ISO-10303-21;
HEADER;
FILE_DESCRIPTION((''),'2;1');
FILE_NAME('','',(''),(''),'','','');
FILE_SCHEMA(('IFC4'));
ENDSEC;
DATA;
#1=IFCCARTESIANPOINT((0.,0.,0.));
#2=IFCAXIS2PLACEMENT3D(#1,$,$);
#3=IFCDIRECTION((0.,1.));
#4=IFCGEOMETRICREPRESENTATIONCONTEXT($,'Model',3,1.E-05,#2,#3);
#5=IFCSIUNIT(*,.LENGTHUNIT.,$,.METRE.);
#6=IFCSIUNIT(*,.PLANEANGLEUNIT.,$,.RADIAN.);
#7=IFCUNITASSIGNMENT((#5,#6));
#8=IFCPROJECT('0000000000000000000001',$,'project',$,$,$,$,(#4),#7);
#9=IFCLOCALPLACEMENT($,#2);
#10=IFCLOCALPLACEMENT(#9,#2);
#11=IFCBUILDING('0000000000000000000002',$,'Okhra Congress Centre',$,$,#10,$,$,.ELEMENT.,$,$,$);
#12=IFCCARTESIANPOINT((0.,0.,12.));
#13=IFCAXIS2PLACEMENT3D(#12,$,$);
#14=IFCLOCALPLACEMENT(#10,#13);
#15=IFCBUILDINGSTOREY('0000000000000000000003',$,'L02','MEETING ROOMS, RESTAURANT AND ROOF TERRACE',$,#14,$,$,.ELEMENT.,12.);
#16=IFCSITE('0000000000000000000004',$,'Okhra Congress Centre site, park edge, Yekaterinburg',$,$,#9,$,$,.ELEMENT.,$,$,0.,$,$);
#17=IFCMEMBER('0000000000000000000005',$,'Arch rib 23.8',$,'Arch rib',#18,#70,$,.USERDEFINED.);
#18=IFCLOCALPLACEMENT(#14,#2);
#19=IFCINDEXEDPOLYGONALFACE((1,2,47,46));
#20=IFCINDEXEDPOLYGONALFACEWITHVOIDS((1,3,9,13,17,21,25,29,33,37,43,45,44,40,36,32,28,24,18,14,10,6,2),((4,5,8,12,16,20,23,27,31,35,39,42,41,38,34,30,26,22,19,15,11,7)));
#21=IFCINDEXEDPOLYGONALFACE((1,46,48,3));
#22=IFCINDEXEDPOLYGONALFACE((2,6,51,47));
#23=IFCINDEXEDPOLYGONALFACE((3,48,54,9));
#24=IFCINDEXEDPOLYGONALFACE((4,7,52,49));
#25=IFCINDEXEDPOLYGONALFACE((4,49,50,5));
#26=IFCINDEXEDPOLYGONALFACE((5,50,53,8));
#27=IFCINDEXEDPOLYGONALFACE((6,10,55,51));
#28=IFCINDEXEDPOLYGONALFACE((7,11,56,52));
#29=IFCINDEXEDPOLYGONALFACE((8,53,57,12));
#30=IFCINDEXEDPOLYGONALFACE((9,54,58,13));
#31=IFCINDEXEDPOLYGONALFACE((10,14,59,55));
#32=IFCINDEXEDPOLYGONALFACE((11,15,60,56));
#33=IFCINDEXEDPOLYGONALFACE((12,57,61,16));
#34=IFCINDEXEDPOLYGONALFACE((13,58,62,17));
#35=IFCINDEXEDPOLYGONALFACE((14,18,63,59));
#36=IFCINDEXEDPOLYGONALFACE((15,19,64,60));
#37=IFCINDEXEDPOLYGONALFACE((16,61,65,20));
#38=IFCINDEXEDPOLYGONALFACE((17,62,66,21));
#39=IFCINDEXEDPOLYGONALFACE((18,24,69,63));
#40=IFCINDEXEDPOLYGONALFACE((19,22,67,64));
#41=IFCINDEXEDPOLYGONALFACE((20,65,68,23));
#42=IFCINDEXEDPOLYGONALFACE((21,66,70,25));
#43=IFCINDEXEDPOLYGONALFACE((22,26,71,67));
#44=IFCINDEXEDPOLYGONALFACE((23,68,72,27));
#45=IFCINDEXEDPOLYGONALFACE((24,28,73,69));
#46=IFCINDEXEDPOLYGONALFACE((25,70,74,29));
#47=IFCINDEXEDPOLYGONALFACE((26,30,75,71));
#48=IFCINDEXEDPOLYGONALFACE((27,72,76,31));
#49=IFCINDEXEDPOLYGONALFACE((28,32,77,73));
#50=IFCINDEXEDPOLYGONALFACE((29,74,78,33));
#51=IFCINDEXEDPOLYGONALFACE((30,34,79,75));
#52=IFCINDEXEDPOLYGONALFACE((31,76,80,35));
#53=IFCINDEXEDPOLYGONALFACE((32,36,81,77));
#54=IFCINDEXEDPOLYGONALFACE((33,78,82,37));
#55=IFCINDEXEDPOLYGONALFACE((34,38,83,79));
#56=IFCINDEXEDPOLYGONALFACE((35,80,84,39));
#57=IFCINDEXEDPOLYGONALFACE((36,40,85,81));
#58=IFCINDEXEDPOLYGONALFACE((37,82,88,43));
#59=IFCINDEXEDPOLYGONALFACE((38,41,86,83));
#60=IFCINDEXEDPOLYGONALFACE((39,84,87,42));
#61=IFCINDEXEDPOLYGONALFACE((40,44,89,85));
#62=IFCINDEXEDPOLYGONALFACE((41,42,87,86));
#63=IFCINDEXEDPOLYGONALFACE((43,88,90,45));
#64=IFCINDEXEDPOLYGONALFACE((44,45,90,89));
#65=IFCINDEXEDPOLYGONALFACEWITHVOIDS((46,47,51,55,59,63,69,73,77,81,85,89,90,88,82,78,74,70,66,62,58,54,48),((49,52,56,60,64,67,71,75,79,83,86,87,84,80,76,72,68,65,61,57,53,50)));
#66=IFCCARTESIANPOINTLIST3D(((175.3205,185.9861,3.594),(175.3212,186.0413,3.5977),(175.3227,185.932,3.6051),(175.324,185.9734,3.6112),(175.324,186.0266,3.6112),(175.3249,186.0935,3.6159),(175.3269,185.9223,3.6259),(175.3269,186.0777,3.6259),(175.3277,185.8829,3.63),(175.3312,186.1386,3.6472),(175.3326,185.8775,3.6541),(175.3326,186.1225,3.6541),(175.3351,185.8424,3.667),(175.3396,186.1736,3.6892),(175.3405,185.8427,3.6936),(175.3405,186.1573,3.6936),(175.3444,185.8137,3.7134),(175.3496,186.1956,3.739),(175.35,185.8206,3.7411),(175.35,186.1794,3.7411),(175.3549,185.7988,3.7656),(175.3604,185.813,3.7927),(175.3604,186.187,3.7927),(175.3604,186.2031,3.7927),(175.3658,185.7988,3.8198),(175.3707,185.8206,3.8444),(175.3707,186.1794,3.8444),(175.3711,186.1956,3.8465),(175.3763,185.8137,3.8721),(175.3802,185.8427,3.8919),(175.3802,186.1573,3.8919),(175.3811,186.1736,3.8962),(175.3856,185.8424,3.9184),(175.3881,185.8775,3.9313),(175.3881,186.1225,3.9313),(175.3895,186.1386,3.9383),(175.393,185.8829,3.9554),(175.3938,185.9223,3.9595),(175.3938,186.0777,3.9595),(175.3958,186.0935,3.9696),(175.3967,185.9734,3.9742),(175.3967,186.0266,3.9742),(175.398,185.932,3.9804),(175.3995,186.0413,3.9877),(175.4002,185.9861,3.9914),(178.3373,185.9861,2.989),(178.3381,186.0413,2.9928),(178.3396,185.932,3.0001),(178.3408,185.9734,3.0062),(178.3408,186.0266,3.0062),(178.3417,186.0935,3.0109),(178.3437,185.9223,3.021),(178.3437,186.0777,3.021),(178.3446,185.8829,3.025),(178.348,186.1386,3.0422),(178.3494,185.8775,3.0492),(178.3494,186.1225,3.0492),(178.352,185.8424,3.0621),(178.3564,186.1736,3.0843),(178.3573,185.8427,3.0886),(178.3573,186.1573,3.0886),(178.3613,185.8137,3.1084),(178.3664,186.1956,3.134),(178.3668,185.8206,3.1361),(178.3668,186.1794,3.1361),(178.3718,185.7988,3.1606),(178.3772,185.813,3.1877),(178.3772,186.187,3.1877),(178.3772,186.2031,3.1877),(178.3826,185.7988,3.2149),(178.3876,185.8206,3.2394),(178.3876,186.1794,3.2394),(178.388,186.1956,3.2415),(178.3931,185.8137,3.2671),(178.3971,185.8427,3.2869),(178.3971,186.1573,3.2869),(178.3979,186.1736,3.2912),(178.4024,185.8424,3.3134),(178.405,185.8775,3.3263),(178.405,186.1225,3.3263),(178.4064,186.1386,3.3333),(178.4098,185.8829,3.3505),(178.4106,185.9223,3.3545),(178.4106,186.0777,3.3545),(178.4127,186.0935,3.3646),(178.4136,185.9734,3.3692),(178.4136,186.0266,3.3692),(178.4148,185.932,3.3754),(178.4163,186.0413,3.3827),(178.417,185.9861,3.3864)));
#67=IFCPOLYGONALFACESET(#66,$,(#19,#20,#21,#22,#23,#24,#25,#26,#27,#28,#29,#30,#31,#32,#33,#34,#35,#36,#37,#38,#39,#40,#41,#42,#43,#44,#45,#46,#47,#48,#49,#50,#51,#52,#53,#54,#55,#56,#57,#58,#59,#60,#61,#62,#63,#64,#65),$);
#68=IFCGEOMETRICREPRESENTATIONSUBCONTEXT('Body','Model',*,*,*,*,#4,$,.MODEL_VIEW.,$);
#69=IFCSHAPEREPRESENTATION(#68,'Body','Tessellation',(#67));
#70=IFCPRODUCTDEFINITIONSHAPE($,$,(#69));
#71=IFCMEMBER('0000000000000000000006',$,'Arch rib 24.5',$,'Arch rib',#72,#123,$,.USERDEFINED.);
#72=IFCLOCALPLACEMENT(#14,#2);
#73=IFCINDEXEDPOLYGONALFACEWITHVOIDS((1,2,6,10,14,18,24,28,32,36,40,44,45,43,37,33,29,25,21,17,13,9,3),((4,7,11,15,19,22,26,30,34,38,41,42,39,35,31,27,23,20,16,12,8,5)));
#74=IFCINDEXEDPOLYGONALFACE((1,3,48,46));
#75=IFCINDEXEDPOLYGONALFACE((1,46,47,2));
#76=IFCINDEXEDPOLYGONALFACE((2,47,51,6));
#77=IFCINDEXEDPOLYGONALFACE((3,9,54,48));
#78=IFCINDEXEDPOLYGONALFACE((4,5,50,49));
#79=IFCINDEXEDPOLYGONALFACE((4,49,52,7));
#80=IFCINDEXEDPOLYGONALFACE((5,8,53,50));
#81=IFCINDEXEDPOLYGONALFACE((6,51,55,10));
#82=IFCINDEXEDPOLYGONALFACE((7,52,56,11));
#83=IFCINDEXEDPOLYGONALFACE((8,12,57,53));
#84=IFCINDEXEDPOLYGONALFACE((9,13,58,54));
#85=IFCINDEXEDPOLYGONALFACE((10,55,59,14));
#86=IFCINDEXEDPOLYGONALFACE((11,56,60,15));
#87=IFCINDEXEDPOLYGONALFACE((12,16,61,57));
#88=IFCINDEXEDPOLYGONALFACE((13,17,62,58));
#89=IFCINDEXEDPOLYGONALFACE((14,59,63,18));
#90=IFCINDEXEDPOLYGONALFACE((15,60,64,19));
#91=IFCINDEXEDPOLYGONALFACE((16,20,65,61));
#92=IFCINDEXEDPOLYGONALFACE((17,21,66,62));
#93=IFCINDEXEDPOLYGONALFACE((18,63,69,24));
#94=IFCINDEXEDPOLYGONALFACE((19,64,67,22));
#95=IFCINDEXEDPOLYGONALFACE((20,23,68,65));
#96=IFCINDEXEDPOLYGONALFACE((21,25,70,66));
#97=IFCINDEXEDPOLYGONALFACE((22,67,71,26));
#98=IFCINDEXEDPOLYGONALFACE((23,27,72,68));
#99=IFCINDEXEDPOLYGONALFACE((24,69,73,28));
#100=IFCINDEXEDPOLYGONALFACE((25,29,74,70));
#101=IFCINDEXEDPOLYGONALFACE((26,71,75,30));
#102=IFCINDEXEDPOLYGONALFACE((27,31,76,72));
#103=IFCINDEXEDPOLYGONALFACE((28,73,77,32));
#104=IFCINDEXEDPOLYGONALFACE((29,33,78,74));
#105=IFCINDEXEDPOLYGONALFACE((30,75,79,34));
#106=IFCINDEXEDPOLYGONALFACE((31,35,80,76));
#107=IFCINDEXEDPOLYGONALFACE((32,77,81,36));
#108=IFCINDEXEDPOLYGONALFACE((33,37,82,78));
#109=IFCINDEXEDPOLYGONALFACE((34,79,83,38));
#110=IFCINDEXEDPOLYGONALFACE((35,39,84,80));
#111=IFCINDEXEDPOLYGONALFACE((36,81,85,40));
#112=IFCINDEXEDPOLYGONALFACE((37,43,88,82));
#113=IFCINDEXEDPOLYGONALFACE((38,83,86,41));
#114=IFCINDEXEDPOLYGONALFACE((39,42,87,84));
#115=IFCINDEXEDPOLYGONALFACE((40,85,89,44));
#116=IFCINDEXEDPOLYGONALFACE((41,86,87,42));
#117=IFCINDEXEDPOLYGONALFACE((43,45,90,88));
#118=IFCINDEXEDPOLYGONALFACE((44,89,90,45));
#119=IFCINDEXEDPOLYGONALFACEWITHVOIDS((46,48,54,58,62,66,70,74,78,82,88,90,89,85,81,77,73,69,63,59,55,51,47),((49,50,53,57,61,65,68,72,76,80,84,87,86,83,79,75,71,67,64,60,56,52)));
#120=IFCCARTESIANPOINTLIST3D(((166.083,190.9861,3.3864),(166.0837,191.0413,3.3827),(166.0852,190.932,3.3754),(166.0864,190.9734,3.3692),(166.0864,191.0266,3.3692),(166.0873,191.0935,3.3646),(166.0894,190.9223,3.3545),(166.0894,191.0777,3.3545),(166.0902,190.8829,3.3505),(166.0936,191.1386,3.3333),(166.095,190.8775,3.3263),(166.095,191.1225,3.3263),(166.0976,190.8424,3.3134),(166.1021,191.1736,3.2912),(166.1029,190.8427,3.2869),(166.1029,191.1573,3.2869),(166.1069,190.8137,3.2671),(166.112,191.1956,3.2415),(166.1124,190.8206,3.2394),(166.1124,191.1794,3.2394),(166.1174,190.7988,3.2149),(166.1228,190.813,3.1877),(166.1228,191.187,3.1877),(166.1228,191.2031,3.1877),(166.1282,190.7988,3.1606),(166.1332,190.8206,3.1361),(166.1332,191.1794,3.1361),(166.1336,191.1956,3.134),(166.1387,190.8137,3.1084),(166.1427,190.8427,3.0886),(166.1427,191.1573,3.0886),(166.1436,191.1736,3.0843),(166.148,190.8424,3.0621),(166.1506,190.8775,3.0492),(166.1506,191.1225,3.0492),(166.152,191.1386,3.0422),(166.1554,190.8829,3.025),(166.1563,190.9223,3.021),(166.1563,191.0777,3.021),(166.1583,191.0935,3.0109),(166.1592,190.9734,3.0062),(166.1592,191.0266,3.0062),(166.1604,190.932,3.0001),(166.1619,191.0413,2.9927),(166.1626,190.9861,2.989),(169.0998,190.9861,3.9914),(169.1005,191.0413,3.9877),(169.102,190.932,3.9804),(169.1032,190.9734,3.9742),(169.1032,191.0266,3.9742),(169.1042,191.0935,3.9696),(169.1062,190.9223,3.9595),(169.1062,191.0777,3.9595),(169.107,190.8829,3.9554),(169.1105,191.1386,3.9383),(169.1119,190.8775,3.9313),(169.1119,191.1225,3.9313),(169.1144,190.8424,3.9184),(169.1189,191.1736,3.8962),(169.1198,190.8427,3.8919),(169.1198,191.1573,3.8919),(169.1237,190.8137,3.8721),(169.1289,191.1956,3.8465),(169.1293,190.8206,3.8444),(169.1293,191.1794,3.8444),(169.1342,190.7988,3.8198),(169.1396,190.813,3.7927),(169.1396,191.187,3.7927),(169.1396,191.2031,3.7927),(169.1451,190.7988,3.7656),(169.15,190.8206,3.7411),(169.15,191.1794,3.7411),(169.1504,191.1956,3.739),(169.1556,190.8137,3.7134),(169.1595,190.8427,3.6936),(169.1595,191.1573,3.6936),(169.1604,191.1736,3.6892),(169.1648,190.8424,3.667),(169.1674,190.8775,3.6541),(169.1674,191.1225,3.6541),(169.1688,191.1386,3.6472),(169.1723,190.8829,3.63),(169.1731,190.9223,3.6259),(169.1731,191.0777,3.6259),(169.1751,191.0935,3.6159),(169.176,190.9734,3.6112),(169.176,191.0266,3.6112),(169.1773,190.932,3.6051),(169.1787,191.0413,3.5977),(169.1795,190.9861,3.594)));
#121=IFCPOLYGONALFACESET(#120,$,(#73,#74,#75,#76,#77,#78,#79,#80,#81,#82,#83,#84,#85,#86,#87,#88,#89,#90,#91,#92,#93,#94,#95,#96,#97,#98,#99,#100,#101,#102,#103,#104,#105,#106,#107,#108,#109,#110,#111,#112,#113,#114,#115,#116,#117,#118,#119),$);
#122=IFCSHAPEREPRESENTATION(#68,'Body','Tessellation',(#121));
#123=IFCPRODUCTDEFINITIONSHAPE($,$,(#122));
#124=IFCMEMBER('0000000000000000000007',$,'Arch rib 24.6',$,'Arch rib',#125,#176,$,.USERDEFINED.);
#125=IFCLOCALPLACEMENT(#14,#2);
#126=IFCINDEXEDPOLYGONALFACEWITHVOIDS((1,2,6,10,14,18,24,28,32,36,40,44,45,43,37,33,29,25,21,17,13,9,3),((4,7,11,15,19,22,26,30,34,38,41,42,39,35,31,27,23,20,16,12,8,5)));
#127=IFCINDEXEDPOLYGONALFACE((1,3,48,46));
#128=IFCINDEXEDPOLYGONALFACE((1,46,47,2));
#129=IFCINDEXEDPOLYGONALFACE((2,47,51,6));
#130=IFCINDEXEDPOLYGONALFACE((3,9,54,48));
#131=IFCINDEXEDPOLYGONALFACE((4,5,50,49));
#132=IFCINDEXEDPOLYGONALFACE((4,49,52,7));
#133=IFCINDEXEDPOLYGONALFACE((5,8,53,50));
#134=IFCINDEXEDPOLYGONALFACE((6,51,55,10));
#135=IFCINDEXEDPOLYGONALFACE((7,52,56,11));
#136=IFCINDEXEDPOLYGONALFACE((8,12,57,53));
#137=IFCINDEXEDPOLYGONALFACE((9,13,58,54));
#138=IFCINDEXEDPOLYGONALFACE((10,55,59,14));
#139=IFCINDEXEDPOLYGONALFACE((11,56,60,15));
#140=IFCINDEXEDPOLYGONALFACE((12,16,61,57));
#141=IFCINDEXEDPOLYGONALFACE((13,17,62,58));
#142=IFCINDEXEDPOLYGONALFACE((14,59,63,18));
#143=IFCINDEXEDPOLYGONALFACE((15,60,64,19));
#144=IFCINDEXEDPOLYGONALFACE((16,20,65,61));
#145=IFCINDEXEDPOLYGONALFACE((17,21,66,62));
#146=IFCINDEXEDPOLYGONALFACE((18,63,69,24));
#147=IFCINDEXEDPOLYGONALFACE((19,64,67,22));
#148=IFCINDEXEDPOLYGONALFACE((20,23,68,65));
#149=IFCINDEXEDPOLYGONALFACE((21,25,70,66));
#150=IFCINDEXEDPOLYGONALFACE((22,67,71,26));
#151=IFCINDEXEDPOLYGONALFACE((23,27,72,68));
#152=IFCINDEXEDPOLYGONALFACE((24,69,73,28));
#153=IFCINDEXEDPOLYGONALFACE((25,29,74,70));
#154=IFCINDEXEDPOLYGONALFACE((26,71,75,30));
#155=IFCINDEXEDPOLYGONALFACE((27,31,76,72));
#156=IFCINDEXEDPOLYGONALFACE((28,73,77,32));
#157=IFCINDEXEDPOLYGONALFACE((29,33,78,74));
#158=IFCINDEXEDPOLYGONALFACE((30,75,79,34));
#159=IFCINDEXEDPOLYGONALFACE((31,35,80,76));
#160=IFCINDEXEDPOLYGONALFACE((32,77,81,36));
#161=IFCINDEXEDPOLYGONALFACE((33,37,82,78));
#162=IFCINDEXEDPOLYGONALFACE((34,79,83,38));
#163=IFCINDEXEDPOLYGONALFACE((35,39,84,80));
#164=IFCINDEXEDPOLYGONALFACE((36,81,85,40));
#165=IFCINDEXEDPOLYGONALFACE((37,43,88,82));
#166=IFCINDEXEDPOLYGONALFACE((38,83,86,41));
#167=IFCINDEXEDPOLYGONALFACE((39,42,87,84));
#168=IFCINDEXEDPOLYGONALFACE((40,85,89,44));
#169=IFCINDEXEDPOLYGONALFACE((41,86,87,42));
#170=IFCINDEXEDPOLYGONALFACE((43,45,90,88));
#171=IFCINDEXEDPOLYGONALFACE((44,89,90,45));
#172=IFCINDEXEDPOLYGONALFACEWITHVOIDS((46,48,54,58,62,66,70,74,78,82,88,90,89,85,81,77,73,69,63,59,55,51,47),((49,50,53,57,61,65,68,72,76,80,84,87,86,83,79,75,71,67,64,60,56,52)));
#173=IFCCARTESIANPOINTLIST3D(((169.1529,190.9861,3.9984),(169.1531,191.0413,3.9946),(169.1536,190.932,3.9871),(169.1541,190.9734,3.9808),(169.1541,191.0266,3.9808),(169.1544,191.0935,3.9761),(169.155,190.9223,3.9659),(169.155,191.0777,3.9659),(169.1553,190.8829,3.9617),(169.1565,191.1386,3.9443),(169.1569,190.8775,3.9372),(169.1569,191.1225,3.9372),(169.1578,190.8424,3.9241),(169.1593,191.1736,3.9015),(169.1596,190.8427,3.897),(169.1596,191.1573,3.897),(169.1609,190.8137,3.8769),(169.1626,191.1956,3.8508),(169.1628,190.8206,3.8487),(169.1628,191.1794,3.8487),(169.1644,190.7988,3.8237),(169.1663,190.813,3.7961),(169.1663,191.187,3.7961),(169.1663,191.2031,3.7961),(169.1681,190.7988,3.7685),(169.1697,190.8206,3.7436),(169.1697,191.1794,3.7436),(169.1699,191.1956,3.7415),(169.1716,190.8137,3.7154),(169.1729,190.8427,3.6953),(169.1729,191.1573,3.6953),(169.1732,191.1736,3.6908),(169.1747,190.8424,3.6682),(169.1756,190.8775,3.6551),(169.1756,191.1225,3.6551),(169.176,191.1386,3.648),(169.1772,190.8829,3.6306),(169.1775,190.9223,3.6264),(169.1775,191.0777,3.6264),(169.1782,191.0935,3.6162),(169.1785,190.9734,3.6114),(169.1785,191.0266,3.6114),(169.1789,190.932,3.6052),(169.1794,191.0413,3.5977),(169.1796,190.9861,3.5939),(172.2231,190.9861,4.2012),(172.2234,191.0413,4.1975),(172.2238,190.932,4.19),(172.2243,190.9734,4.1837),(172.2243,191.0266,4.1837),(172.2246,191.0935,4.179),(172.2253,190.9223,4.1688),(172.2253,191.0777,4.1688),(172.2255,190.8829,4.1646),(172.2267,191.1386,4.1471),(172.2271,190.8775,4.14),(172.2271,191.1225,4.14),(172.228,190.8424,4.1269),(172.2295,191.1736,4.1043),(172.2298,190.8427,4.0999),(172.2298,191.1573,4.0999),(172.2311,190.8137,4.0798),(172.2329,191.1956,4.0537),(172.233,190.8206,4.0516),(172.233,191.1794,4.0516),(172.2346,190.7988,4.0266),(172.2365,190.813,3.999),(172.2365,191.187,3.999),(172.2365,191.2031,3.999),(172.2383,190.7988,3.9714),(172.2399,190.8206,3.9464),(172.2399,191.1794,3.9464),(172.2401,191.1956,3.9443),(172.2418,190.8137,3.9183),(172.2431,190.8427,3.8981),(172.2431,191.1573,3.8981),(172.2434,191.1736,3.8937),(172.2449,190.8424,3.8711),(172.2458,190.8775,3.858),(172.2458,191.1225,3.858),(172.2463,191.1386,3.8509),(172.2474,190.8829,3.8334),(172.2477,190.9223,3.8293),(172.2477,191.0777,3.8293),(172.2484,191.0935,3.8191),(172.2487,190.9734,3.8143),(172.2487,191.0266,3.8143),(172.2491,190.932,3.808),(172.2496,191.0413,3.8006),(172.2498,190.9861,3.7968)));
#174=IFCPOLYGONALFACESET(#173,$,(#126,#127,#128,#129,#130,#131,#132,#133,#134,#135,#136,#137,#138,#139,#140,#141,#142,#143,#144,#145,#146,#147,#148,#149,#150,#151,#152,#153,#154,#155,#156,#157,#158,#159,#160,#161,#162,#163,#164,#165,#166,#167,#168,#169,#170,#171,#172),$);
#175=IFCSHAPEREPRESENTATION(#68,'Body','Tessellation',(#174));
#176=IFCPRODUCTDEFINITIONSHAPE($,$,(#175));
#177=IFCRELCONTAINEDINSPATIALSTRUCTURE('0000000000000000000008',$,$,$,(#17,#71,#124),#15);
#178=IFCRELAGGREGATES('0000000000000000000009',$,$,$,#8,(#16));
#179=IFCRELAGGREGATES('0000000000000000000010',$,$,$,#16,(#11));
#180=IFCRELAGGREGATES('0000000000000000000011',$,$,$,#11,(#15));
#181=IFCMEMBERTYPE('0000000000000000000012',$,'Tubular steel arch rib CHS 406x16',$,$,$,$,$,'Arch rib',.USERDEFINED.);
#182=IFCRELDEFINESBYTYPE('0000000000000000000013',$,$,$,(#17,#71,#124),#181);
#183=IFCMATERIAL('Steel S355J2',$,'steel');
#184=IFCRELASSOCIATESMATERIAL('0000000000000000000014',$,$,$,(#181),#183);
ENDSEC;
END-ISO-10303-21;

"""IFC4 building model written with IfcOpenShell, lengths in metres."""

from ifc_helpers import new_model, si_unit, direction, frame, origin, origin_2d, place, context, subcontext, project, spatial, hollow_circle, extrude, material, material_profile, profile_set, type_object, element, save


model = new_model("IFC4")

# Units and contexts
model_context = context("Model", 3, precision=1e-05, world=origin(), true_north=direction((0.0, 1.0)))
body_context = subcontext(model_context, "Body", "Model", "MODEL_VIEW")
ifc_project = project(units=[si_unit("LENGTHUNIT", "METRE"), si_unit("PLANEANGLEUNIT", "RADIAN")], contexts=[model_context])

# Site, building, storey
site_placement = place(None, origin())
site = spatial("IfcSite", under=ifc_project, at=site_placement, Name="Okhra Congress Centre site, park edge, Yekaterinburg", CompositionType="ELEMENT", RefElevation=0.0)
building_placement = place(site_placement, origin())
building = spatial("IfcBuilding", under=site, at=building_placement, Name="Okhra Congress Centre", CompositionType="ELEMENT")
storey_placement = place(building_placement, frame((0.0, 0.0, 12.0)))
storey = spatial("IfcBuildingStorey", under=building, at=storey_placement, Name="L02", Description="MEETING ROOMS, RESTAURANT AND ROOF TERRACE", CompositionType="ELEMENT", Elevation=12.0)

# Members
ifc_material_1 = material(Name="Steel S355J2", Category="steel")
ifc_material_profile_1 = material_profile(ifc_material_1, hollow_circle(Radius=0.2031, WallThickness=0.0161, at=origin_2d()), Name="CHS 406.4x16")
ifc_profile_set_1 = profile_set([ifc_material_profile_1], Name="Steel S355J2")
member_type_1 = type_object("IfcMemberType", Name="Tubular steel arch rib CHS 406x16", ElementType="Arch rib", PredefinedType="USERDEFINED", material=ifc_profile_set_1)
for number, where, z_axis, x_axis, name in (
    (1, (175.3604, 186.0, 3.7927), (0.98048, 0.0, -0.19662), (0.0, 1.0, 0.0), "Arch rib 23.8"),
    (2, (166.1228, 191.0, 3.1877), (0.98048, 0.0, 0.19662), (0.0, 1.0, 0.0), "Arch rib 24.5"),
    (3, (169.1663, 191.0, 3.7961), (0.997824, 0.0, 0.065934), (0.0, 1.0, 0.0), "Arch rib 24.6"),
):
    element("IfcMember", number, at=place(storey_placement, frame(where, z_axis=z_axis, x_axis=x_axis)), inside=storey, type_object=member_type_1, Name=name, ObjectType="Arch rib", PredefinedType="USERDEFINED", context=body_context, shape_type="SweptSolid", body=[
        extrude(hollow_circle(Radius=0.2031, WallThickness=0.0161, at=origin_2d()), origin(), (0.0, 0.0, 1.0), 3.0769),
    ])

save(model, "model.ifc")
